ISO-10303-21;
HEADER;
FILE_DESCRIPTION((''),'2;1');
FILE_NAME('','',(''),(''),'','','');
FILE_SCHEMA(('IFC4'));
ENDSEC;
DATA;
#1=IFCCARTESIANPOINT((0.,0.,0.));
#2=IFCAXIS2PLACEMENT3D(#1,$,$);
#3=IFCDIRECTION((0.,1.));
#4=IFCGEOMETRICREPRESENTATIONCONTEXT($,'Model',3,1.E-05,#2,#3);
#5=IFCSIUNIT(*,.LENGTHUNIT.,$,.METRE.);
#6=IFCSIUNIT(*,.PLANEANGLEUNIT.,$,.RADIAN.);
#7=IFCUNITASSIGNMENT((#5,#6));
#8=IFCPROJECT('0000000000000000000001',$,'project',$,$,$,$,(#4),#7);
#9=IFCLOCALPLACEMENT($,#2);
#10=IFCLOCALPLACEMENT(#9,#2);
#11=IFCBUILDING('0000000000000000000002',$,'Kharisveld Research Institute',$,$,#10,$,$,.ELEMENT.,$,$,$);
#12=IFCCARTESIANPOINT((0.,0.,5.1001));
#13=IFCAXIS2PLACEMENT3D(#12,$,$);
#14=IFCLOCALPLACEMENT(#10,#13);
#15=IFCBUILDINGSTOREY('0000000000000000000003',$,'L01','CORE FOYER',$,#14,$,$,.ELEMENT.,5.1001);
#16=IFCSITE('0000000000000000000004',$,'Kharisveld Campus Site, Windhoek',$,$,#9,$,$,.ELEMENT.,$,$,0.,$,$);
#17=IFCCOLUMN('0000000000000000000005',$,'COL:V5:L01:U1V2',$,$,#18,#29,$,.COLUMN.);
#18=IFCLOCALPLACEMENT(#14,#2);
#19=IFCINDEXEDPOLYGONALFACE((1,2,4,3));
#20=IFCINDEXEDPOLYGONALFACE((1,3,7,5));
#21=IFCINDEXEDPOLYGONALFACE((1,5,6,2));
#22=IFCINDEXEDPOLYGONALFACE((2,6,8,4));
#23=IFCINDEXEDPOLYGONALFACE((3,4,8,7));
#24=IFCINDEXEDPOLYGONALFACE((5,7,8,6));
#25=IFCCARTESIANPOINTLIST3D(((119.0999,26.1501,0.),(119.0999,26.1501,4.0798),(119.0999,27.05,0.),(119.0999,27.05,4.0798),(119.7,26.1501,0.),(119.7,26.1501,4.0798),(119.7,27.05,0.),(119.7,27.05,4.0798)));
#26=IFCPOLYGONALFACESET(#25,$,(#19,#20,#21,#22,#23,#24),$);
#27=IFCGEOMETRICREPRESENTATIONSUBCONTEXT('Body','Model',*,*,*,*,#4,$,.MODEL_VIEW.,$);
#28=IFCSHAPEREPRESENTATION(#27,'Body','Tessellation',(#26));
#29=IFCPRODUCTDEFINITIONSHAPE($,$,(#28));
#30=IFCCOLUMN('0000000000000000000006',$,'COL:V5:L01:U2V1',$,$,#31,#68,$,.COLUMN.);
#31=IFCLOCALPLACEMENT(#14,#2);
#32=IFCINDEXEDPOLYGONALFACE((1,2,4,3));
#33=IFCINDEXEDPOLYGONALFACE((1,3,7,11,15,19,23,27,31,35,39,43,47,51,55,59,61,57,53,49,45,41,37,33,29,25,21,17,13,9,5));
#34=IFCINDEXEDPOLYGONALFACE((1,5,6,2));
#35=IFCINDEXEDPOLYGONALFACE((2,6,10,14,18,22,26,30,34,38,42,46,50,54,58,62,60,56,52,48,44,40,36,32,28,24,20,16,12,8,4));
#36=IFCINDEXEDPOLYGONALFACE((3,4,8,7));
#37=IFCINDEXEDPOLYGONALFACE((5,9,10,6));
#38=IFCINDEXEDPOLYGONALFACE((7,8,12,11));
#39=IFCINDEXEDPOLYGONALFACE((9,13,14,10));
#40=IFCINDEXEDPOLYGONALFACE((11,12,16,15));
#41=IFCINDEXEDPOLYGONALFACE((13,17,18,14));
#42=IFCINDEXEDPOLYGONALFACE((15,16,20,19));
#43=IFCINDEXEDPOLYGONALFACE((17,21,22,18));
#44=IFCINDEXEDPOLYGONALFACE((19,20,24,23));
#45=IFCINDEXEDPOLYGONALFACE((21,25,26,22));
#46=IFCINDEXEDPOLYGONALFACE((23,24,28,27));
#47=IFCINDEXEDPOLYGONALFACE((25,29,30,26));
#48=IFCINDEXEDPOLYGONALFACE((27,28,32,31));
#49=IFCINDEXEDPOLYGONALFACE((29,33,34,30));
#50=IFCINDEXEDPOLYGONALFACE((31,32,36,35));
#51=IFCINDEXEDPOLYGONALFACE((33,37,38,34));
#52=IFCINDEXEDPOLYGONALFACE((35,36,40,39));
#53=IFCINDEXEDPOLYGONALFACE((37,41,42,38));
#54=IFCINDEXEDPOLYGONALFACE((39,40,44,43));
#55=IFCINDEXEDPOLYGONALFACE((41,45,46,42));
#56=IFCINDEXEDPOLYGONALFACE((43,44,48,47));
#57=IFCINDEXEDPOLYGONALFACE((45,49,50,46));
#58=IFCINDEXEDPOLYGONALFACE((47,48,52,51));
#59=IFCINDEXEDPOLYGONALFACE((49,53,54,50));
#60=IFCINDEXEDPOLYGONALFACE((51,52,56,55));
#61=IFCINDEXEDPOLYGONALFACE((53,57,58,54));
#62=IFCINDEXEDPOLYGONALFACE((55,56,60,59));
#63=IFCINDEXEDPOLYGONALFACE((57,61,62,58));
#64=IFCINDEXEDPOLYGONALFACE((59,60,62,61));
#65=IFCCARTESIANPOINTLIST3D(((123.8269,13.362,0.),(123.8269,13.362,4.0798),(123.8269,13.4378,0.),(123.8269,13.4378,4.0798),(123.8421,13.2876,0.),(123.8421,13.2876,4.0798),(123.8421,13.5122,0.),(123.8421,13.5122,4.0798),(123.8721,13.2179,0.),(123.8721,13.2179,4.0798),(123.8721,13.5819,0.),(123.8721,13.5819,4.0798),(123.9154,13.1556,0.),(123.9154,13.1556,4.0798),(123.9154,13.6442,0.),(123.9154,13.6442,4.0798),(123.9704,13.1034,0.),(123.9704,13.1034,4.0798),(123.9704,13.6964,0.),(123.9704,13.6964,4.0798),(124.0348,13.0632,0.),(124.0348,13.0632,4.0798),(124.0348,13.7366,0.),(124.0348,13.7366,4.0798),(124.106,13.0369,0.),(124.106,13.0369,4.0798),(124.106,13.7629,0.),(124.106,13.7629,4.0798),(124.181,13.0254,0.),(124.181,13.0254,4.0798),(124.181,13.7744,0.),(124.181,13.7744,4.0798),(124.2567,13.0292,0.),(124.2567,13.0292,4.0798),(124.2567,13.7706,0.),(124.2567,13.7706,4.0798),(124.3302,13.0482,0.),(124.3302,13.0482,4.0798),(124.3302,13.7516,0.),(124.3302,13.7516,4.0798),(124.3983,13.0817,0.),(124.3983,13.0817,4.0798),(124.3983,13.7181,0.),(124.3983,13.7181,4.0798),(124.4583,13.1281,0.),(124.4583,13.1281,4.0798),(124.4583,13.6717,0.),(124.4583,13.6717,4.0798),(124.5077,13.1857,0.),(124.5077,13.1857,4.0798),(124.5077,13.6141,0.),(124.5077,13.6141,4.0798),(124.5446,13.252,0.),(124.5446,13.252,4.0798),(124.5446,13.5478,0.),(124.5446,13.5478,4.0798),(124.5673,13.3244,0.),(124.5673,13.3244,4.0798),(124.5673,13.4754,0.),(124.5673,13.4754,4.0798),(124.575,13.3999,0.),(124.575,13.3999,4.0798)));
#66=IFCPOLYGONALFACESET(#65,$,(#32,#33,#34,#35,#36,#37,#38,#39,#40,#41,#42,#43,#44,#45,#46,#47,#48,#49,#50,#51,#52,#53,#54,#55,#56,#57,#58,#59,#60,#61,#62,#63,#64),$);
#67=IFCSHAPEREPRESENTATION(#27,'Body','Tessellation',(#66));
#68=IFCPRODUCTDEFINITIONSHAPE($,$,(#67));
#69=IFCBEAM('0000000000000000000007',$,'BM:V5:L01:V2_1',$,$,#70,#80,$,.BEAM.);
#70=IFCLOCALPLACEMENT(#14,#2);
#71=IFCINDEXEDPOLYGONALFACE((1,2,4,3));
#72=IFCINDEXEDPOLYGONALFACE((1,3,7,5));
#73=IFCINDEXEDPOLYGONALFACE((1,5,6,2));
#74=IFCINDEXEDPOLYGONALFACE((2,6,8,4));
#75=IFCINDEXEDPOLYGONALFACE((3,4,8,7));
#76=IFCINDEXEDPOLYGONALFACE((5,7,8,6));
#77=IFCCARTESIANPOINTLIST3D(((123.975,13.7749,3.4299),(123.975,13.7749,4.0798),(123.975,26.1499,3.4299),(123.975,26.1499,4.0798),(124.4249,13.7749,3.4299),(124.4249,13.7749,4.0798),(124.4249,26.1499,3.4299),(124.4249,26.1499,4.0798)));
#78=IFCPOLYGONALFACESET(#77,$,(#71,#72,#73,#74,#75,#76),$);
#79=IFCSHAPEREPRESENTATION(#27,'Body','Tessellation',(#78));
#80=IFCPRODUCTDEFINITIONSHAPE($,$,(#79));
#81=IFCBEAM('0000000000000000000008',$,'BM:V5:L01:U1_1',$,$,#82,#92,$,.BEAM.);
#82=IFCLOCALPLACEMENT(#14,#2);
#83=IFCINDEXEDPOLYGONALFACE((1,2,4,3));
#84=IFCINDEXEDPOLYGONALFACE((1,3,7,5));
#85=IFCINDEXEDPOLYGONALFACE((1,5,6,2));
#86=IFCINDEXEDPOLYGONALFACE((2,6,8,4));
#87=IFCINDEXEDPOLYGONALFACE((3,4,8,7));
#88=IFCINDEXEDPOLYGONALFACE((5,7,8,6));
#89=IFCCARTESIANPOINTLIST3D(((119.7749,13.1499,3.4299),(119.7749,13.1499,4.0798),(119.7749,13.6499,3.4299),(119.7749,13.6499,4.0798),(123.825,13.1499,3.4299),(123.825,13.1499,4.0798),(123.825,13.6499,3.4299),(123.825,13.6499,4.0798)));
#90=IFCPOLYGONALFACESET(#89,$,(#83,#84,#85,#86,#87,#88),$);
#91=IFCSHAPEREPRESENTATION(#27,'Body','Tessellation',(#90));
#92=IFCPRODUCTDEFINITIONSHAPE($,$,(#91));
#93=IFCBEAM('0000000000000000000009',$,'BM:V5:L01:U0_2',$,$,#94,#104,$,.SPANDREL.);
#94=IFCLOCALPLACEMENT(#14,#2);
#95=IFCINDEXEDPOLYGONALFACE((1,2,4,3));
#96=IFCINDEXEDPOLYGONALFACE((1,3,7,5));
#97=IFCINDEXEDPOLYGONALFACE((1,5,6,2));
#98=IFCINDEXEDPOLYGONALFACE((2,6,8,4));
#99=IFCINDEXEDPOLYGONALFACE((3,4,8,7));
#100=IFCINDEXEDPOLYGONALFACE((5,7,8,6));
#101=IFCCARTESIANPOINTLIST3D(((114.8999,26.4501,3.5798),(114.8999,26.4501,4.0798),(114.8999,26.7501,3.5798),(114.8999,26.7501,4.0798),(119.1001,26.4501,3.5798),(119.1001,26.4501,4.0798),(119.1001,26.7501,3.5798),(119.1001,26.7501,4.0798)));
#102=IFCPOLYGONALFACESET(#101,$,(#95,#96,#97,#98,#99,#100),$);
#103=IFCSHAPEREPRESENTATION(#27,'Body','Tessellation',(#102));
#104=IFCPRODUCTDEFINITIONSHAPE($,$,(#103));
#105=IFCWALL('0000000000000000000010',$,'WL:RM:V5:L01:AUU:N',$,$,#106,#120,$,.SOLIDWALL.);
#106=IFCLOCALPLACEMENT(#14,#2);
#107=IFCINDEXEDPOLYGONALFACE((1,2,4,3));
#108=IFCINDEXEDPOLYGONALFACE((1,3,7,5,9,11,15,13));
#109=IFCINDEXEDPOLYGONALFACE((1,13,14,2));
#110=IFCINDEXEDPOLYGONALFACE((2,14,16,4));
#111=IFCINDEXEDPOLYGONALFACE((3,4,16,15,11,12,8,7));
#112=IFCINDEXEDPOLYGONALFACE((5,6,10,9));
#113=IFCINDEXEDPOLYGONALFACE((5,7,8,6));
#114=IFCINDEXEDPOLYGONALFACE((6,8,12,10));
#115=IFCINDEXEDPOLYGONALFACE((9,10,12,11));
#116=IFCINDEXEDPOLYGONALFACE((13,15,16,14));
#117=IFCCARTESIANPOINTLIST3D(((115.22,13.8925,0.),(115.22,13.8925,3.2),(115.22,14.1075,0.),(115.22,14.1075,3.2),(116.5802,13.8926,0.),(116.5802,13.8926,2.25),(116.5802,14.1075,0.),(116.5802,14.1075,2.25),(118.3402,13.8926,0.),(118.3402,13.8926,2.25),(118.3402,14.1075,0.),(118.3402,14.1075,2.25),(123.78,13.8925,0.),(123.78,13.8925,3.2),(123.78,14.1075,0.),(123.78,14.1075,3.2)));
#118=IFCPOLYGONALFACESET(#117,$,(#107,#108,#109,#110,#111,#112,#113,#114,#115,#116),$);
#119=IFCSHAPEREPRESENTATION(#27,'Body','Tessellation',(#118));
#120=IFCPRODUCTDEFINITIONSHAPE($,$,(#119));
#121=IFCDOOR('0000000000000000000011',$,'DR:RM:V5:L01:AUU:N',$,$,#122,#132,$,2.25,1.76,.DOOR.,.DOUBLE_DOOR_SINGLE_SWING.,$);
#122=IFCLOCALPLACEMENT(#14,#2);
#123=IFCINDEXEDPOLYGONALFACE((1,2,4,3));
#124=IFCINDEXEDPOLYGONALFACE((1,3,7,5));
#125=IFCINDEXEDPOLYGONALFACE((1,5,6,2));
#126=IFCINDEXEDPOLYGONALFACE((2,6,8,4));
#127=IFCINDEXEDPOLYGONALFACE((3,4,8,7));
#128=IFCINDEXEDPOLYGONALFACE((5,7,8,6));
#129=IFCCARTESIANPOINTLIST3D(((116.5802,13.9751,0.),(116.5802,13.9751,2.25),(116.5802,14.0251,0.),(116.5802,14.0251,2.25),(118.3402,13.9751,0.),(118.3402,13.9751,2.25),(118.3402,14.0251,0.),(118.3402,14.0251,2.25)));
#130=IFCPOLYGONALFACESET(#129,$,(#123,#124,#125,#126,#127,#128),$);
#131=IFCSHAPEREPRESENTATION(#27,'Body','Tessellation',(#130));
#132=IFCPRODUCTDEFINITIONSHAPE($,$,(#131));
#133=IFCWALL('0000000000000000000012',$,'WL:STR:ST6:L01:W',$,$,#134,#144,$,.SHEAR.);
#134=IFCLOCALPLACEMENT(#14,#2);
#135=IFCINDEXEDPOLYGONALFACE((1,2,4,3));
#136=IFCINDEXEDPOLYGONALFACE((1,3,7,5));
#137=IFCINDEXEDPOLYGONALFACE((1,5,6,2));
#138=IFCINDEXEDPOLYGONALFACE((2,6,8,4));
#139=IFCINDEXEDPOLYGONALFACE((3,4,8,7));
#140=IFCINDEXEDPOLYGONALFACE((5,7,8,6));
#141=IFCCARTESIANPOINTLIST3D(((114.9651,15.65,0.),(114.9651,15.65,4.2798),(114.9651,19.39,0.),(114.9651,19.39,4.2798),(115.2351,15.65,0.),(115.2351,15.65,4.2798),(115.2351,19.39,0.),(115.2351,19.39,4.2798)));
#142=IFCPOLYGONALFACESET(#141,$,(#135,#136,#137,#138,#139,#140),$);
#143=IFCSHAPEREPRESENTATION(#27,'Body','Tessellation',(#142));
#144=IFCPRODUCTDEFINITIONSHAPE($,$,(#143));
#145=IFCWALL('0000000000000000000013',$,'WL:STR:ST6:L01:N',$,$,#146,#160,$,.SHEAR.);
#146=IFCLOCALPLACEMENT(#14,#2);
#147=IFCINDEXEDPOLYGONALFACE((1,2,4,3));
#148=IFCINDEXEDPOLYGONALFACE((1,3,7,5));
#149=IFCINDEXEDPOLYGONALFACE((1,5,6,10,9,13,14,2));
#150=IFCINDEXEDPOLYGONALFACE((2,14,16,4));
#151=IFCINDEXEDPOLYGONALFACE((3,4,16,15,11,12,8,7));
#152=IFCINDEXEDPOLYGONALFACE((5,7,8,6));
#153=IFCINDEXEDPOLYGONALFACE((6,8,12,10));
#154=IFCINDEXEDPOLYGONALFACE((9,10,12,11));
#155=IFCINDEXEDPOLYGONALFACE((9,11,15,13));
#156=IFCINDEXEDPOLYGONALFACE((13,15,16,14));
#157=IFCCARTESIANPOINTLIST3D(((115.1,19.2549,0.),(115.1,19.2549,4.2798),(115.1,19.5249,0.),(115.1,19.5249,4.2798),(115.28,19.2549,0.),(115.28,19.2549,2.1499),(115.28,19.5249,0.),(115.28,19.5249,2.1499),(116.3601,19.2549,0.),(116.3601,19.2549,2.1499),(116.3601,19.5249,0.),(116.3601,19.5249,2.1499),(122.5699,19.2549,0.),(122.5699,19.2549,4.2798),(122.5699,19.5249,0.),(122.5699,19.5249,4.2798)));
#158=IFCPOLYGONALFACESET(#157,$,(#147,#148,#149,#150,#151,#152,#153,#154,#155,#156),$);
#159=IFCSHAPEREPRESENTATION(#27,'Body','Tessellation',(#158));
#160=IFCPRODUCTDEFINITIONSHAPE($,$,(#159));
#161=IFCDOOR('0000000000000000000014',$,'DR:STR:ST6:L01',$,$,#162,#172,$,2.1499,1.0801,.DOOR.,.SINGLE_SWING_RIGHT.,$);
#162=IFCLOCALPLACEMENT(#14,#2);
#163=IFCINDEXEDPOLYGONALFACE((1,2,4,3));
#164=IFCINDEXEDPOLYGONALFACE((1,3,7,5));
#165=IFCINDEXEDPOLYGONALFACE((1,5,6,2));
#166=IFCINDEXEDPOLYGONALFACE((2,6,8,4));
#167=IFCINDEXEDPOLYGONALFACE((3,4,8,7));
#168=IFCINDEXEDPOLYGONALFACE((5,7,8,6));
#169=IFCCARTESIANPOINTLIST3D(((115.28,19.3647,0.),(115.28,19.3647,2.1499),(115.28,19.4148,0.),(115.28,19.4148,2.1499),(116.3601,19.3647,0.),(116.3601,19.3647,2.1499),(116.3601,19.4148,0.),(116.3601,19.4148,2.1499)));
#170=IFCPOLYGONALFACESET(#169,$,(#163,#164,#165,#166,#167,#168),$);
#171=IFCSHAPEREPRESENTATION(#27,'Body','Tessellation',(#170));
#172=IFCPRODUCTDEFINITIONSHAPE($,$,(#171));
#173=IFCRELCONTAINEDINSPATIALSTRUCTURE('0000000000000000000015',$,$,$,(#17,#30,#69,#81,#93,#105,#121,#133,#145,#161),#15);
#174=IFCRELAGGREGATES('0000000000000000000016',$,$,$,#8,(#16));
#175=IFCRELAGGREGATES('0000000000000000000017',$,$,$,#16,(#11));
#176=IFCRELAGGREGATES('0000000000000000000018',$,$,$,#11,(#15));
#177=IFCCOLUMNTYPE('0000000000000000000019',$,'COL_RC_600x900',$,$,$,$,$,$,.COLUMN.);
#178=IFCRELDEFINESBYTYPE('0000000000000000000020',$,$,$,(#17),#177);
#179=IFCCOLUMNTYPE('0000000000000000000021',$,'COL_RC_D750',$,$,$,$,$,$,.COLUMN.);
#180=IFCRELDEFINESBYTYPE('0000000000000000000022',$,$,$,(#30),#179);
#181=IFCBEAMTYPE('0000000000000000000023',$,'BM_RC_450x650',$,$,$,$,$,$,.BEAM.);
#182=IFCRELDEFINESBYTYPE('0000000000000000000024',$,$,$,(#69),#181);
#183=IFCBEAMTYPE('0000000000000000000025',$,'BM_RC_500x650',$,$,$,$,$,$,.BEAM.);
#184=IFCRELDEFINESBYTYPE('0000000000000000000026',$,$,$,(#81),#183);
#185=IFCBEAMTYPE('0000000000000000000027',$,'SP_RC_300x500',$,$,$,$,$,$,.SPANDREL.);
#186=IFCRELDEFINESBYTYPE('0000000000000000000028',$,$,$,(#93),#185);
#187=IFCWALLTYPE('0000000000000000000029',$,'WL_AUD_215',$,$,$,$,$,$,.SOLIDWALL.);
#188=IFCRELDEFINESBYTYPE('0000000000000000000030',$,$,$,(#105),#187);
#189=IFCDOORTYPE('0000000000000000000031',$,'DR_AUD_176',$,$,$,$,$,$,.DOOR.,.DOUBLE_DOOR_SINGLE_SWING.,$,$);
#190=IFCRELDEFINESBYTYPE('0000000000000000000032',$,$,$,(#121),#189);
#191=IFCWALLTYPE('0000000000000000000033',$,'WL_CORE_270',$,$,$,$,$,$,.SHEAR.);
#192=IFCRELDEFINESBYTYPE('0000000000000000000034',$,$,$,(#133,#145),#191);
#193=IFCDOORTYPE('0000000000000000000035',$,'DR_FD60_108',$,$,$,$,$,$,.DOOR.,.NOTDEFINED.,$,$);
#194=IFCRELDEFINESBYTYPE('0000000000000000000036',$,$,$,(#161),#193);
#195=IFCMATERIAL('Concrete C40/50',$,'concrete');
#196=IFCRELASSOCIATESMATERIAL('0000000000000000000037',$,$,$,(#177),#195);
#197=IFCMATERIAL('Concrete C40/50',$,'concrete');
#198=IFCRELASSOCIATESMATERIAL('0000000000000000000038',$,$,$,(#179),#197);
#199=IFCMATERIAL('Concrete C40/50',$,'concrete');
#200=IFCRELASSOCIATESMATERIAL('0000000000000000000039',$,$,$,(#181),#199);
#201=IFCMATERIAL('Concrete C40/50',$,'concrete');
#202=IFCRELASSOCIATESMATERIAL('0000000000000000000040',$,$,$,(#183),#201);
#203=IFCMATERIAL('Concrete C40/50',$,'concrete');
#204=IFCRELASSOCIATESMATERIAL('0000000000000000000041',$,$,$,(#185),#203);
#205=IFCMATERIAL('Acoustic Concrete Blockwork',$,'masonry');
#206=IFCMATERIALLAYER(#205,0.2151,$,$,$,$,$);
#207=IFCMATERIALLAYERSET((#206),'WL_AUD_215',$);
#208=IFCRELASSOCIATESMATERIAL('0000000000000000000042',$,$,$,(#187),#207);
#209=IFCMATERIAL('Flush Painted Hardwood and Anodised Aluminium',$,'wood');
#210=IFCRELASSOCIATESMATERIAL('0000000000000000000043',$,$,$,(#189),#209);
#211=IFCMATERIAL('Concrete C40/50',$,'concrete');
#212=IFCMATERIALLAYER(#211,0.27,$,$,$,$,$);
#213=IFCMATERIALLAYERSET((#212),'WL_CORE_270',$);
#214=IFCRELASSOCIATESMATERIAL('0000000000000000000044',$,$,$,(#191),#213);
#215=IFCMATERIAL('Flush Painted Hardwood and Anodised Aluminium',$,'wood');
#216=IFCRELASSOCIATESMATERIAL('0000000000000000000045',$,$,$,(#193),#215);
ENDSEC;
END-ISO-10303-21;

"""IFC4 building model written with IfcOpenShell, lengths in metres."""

from ifc_helpers import new_model, si_unit, direction, frame, frame_2d, origin, origin_2d, place, context, subcontext, project, spatial, rectangle, circle, extrude, material, layer, layer_set, material_profile, profile_set, type_object, element, fill, save


model = new_model("IFC4")

# Units and contexts
model_context = context("Model", 3, precision=1e-05, world=origin(), true_north=direction((0.0, 1.0)))
body_context = subcontext(model_context, "Body", "Model", "MODEL_VIEW")
ifc_project = project(units=[si_unit("LENGTHUNIT", "METRE"), si_unit("PLANEANGLEUNIT", "RADIAN")], contexts=[model_context])

# Site, building, storey
site_placement = place(None, origin())
site = spatial("IfcSite", under=ifc_project, at=site_placement, Name="Kharisveld Campus Site, Windhoek", CompositionType="ELEMENT", RefElevation=0.0)
building_placement = place(site_placement, origin())
building = spatial("IfcBuilding", under=site, at=building_placement, Name="Kharisveld Research Institute", CompositionType="ELEMENT")
storey_placement = place(building_placement, frame((0.0, 0.0, 5.1001)))
storey = spatial("IfcBuildingStorey", under=building, at=storey_placement, Name="L01", Description="CORE FOYER", CompositionType="ELEMENT", Elevation=5.1001)

# Columns
ifc_material_1 = material(Name="Concrete C40/50", Category="concrete")
ifc_material_profile_1 = material_profile(ifc_material_1, rectangle(XDim=0.6001, YDim=0.8999, at=origin_2d()))
ifc_profile_set_1 = profile_set([ifc_material_profile_1], Name="Concrete C40/50")
column_type_1 = type_object("IfcColumnType", Name="COL_RC_600x900", PredefinedType="COLUMN", material=ifc_profile_set_1)
column_1_placement = place(storey_placement, frame((119.3999, 26.6001, 0.0), z_axis=(0.0, 0.0, 1.0), x_axis=(1.0, 0.0, 0.0)))
element("IfcColumn", 1, at=column_1_placement, inside=storey, type_object=column_type_1, Name="COL:V5:L01:U1V2", PredefinedType="COLUMN", context=body_context, shape_type="SweptSolid", body=[
    extrude(rectangle(XDim=0.6001, YDim=0.8999, at=origin_2d()), origin(), (0.0, 0.0, 1.0), 4.0798),
])
ifc_material_2 = material(Name="Concrete C40/50", Category="concrete")
ifc_material_profile_2 = material_profile(ifc_material_2, circle(Radius=0.375, at=origin_2d()))
ifc_profile_set_2 = profile_set([ifc_material_profile_2], Name="Concrete C40/50")
column_type_2 = type_object("IfcColumnType", Name="COL_RC_D750", PredefinedType="COLUMN", material=ifc_profile_set_2)
column_2_placement = place(storey_placement, frame((124.2, 13.3999, 0.0), z_axis=(0.0, 0.0, 1.0), x_axis=(1.0, 0.0, 0.0)))
element("IfcColumn", 2, at=column_2_placement, inside=storey, type_object=column_type_2, Name="COL:V5:L01:U2V1", PredefinedType="COLUMN", context=body_context, shape_type="SweptSolid", body=[
    extrude(circle(Radius=0.375, at=origin_2d()), origin(), (0.0, 0.0, 1.0), 4.0798),
])

# Beams
ifc_material_3 = material(Name="Concrete C40/50", Category="concrete")
ifc_material_profile_3 = material_profile(ifc_material_3, rectangle(XDim=0.45, YDim=0.6499, at=origin_2d()))
ifc_profile_set_3 = profile_set([ifc_material_profile_3], Name="Concrete C40/50")
beam_type_1 = type_object("IfcBeamType", Name="BM_RC_450x650", PredefinedType="BEAM", material=ifc_profile_set_3)
beam_1_placement = place(storey_placement, frame((124.2, 13.7749, 3.7549), z_axis=(0.0, 1.0, 0.0), x_axis=(-1.0, 0.0, 0.0)))
element("IfcBeam", 3, at=beam_1_placement, inside=storey, type_object=beam_type_1, Name="BM:V5:L01:V2_1", PredefinedType="BEAM", context=body_context, shape_type="SweptSolid", body=[
    extrude(rectangle(XDim=0.45, YDim=0.6499, at=origin_2d()), origin(), (0.0, 0.0, 1.0), 12.375),
])
ifc_material_4 = material(Name="Concrete C40/50", Category="concrete")
ifc_material_profile_4 = material_profile(ifc_material_4, rectangle(XDim=0.5, YDim=0.6499, at=origin_2d()))
ifc_profile_set_4 = profile_set([ifc_material_profile_4], Name="Concrete C40/50")
beam_type_2 = type_object("IfcBeamType", Name="BM_RC_500x650", PredefinedType="BEAM", material=ifc_profile_set_4)
beam_2_placement = place(storey_placement, frame((119.7749, 13.3999, 3.7549), z_axis=(1.0, 0.0, 0.0), x_axis=(0.0, 1.0, 0.0)))
element("IfcBeam", 4, at=beam_2_placement, inside=storey, type_object=beam_type_2, Name="BM:V5:L01:U1_1", PredefinedType="BEAM", context=body_context, shape_type="SweptSolid", body=[
    extrude(rectangle(XDim=0.5, YDim=0.6499, at=origin_2d()), origin(), (0.0, 0.0, 1.0), 4.05),
])
ifc_material_5 = material(Name="Concrete C40/50", Category="concrete")
ifc_material_profile_5 = material_profile(ifc_material_5, rectangle(XDim=0.3, YDim=0.5, at=origin_2d()))
ifc_profile_set_5 = profile_set([ifc_material_profile_5], Name="Concrete C40/50")
beam_type_3 = type_object("IfcBeamType", Name="SP_RC_300x500", PredefinedType="SPANDREL", material=ifc_profile_set_5)
beam_3_placement = place(storey_placement, frame((114.8999, 26.6001, 3.8298), z_axis=(1.0, 0.0, 0.0), x_axis=(0.0, 1.0, 0.0)))
element("IfcBeam", 5, at=beam_3_placement, inside=storey, type_object=beam_type_3, Name="BM:V5:L01:U0_2", PredefinedType="SPANDREL", context=body_context, shape_type="SweptSolid", body=[
    extrude(rectangle(XDim=0.3, YDim=0.5, at=origin_2d()), origin(), (0.0, 0.0, 1.0), 4.2002),
])

# Wall, opening, door
ifc_material_6 = material(Name="Acoustic Concrete Blockwork", Category="masonry")
ifc_layer_1 = layer(ifc_material_6, 0.2151)
ifc_layer_set_1 = layer_set([ifc_layer_1], Name="WL_AUD_215")
wall_type_1 = type_object("IfcWallType", Name="WL_AUD_215", PredefinedType="SOLIDWALL", material=ifc_layer_set_1)
wall_1_placement = place(storey_placement, frame((123.78, 14.0, 0.0), z_axis=(0.0, 0.0, 1.0), x_axis=(-1.0, 0.0, 0.0)))
wall_1 = element("IfcWall", 6, at=wall_1_placement, inside=storey, type_object=wall_type_1, Name="WL:RM:V5:L01:AUU:N", PredefinedType="SOLIDWALL", context=body_context, shape_type="SweptSolid", body=[
    extrude(rectangle(XDim=8.5601, YDim=0.2151, at=frame_2d((4.28, 0.0))), origin(), (0.0, 0.0, 1.0), 3.2),
])
opening_1_placement = place(wall_1_placement, frame((5.4399, 0.0, 0.0)))
opening_1 = element("IfcOpeningElement", 7, at=opening_1_placement, cuts=wall_1, PredefinedType="OPENING", context=body_context, shape_type="SweptSolid", body=[
    extrude(rectangle(XDim=1.76, YDim=2.25, at=frame_2d((0.8799, 1.125))), frame((0.0, 0.1074, 0.0), z_axis=(0.0, -1.0, 0.0), x_axis=(1.0, 0.0, 0.0)), (0.0, 0.0, 1.0), 0.2151),
])
ifc_material_7 = material(Name="Flush Painted Hardwood and Anodised Aluminium", Category="wood")
door_type_1 = type_object("IfcDoorType", Name="DR_AUD_176", OperationType="DOUBLE_DOOR_SINGLE_SWING", PredefinedType="DOOR", material=ifc_material_7)
door_1_placement = place(opening_1_placement, origin())
door_1 = element("IfcDoor", 8, at=door_1_placement, inside=storey, type_object=door_type_1, Name="DR:RM:V5:L01:AUU:N", OperationType="DOUBLE_DOOR_SINGLE_SWING", OverallHeight=2.25, OverallWidth=1.76, PredefinedType="DOOR", context=body_context, shape_type="SweptSolid", body=[
    extrude(rectangle(XDim=1.76, YDim=2.25, at=frame_2d((0.8799, 1.125))), frame((0.0, 0.0249, 0.0), z_axis=(0.0, -1.0, 0.0), x_axis=(1.0, 0.0, 0.0)), (0.0, 0.0, 1.0), 0.05),
])
fill(opening_1, door_1)

# Wall
ifc_material_8 = material(Name="Concrete C40/50", Category="concrete")
ifc_layer_2 = layer(ifc_material_8, 0.27)
ifc_layer_set_2 = layer_set([ifc_layer_2], Name="WL_CORE_270")
wall_type_2 = type_object("IfcWallType", Name="WL_CORE_270", PredefinedType="SHEAR", material=ifc_layer_set_2)
wall_2_placement = place(storey_placement, frame((115.1001, 15.6499, 0.0), z_axis=(0.0, 0.0, 1.0), x_axis=(0.0, 1.0, 0.0)))
element("IfcWall", 9, at=wall_2_placement, inside=storey, type_object=wall_type_2, Name="WL:STR:ST6:L01:W", PredefinedType="SHEAR", context=body_context, shape_type="SweptSolid", body=[
    extrude(rectangle(XDim=3.74, YDim=0.27, at=frame_2d((1.8701, 0.0))), origin(), (0.0, 0.0, 1.0), 4.2798),
])

# Wall, opening, door
wall_3_placement = place(storey_placement, frame((115.1001, 19.3899, 0.0), z_axis=(0.0, 0.0, 1.0), x_axis=(1.0, 0.0, 0.0)))
wall_3 = element("IfcWall", 10, at=wall_3_placement, inside=storey, type_object=wall_type_2, Name="WL:STR:ST6:L01:N", PredefinedType="SHEAR", context=body_context, shape_type="SweptSolid", body=[
    extrude(rectangle(XDim=7.47, YDim=0.27, at=frame_2d((3.7349, 0.0))), origin(), (0.0, 0.0, 1.0), 4.2798),
])
opening_2_placement = place(wall_3_placement, frame((0.1799, 0.0, 0.0)))
opening_2 = element("IfcOpeningElement", 11, at=opening_2_placement, cuts=wall_3, PredefinedType="OPENING", context=body_context, shape_type="SweptSolid", body=[
    extrude(rectangle(XDim=1.0801, YDim=2.1499, at=frame_2d((0.54, 1.075))), frame((0.0, 0.135, 0.0), z_axis=(0.0, -1.0, 0.0), x_axis=(1.0, 0.0, 0.0)), (0.0, 0.0, 1.0), 0.27),
])
ifc_material_9 = material(Name="Flush Painted Hardwood and Anodised Aluminium", Category="wood")
door_type_2 = type_object("IfcDoorType", Name="DR_FD60_108", OperationType="NOTDEFINED", PredefinedType="DOOR", material=ifc_material_9)
door_2_placement = place(opening_2_placement, origin())
door_2 = element("IfcDoor", 12, at=door_2_placement, inside=storey, type_object=door_type_2, Name="DR:STR:ST6:L01", OperationType="SINGLE_SWING_RIGHT", OverallHeight=2.1499, OverallWidth=1.0801, PredefinedType="DOOR", context=body_context, shape_type="SweptSolid", body=[
    extrude(rectangle(XDim=1.0801, YDim=2.1499, at=frame_2d((0.54, 1.075))), frame((0.0, 0.0249, 0.0), z_axis=(0.0, -1.0, 0.0), x_axis=(1.0, 0.0, 0.0)), (0.0, 0.0, 1.0), 0.05),
])
fill(opening_2, door_2)

save(model, "model.ifc")
